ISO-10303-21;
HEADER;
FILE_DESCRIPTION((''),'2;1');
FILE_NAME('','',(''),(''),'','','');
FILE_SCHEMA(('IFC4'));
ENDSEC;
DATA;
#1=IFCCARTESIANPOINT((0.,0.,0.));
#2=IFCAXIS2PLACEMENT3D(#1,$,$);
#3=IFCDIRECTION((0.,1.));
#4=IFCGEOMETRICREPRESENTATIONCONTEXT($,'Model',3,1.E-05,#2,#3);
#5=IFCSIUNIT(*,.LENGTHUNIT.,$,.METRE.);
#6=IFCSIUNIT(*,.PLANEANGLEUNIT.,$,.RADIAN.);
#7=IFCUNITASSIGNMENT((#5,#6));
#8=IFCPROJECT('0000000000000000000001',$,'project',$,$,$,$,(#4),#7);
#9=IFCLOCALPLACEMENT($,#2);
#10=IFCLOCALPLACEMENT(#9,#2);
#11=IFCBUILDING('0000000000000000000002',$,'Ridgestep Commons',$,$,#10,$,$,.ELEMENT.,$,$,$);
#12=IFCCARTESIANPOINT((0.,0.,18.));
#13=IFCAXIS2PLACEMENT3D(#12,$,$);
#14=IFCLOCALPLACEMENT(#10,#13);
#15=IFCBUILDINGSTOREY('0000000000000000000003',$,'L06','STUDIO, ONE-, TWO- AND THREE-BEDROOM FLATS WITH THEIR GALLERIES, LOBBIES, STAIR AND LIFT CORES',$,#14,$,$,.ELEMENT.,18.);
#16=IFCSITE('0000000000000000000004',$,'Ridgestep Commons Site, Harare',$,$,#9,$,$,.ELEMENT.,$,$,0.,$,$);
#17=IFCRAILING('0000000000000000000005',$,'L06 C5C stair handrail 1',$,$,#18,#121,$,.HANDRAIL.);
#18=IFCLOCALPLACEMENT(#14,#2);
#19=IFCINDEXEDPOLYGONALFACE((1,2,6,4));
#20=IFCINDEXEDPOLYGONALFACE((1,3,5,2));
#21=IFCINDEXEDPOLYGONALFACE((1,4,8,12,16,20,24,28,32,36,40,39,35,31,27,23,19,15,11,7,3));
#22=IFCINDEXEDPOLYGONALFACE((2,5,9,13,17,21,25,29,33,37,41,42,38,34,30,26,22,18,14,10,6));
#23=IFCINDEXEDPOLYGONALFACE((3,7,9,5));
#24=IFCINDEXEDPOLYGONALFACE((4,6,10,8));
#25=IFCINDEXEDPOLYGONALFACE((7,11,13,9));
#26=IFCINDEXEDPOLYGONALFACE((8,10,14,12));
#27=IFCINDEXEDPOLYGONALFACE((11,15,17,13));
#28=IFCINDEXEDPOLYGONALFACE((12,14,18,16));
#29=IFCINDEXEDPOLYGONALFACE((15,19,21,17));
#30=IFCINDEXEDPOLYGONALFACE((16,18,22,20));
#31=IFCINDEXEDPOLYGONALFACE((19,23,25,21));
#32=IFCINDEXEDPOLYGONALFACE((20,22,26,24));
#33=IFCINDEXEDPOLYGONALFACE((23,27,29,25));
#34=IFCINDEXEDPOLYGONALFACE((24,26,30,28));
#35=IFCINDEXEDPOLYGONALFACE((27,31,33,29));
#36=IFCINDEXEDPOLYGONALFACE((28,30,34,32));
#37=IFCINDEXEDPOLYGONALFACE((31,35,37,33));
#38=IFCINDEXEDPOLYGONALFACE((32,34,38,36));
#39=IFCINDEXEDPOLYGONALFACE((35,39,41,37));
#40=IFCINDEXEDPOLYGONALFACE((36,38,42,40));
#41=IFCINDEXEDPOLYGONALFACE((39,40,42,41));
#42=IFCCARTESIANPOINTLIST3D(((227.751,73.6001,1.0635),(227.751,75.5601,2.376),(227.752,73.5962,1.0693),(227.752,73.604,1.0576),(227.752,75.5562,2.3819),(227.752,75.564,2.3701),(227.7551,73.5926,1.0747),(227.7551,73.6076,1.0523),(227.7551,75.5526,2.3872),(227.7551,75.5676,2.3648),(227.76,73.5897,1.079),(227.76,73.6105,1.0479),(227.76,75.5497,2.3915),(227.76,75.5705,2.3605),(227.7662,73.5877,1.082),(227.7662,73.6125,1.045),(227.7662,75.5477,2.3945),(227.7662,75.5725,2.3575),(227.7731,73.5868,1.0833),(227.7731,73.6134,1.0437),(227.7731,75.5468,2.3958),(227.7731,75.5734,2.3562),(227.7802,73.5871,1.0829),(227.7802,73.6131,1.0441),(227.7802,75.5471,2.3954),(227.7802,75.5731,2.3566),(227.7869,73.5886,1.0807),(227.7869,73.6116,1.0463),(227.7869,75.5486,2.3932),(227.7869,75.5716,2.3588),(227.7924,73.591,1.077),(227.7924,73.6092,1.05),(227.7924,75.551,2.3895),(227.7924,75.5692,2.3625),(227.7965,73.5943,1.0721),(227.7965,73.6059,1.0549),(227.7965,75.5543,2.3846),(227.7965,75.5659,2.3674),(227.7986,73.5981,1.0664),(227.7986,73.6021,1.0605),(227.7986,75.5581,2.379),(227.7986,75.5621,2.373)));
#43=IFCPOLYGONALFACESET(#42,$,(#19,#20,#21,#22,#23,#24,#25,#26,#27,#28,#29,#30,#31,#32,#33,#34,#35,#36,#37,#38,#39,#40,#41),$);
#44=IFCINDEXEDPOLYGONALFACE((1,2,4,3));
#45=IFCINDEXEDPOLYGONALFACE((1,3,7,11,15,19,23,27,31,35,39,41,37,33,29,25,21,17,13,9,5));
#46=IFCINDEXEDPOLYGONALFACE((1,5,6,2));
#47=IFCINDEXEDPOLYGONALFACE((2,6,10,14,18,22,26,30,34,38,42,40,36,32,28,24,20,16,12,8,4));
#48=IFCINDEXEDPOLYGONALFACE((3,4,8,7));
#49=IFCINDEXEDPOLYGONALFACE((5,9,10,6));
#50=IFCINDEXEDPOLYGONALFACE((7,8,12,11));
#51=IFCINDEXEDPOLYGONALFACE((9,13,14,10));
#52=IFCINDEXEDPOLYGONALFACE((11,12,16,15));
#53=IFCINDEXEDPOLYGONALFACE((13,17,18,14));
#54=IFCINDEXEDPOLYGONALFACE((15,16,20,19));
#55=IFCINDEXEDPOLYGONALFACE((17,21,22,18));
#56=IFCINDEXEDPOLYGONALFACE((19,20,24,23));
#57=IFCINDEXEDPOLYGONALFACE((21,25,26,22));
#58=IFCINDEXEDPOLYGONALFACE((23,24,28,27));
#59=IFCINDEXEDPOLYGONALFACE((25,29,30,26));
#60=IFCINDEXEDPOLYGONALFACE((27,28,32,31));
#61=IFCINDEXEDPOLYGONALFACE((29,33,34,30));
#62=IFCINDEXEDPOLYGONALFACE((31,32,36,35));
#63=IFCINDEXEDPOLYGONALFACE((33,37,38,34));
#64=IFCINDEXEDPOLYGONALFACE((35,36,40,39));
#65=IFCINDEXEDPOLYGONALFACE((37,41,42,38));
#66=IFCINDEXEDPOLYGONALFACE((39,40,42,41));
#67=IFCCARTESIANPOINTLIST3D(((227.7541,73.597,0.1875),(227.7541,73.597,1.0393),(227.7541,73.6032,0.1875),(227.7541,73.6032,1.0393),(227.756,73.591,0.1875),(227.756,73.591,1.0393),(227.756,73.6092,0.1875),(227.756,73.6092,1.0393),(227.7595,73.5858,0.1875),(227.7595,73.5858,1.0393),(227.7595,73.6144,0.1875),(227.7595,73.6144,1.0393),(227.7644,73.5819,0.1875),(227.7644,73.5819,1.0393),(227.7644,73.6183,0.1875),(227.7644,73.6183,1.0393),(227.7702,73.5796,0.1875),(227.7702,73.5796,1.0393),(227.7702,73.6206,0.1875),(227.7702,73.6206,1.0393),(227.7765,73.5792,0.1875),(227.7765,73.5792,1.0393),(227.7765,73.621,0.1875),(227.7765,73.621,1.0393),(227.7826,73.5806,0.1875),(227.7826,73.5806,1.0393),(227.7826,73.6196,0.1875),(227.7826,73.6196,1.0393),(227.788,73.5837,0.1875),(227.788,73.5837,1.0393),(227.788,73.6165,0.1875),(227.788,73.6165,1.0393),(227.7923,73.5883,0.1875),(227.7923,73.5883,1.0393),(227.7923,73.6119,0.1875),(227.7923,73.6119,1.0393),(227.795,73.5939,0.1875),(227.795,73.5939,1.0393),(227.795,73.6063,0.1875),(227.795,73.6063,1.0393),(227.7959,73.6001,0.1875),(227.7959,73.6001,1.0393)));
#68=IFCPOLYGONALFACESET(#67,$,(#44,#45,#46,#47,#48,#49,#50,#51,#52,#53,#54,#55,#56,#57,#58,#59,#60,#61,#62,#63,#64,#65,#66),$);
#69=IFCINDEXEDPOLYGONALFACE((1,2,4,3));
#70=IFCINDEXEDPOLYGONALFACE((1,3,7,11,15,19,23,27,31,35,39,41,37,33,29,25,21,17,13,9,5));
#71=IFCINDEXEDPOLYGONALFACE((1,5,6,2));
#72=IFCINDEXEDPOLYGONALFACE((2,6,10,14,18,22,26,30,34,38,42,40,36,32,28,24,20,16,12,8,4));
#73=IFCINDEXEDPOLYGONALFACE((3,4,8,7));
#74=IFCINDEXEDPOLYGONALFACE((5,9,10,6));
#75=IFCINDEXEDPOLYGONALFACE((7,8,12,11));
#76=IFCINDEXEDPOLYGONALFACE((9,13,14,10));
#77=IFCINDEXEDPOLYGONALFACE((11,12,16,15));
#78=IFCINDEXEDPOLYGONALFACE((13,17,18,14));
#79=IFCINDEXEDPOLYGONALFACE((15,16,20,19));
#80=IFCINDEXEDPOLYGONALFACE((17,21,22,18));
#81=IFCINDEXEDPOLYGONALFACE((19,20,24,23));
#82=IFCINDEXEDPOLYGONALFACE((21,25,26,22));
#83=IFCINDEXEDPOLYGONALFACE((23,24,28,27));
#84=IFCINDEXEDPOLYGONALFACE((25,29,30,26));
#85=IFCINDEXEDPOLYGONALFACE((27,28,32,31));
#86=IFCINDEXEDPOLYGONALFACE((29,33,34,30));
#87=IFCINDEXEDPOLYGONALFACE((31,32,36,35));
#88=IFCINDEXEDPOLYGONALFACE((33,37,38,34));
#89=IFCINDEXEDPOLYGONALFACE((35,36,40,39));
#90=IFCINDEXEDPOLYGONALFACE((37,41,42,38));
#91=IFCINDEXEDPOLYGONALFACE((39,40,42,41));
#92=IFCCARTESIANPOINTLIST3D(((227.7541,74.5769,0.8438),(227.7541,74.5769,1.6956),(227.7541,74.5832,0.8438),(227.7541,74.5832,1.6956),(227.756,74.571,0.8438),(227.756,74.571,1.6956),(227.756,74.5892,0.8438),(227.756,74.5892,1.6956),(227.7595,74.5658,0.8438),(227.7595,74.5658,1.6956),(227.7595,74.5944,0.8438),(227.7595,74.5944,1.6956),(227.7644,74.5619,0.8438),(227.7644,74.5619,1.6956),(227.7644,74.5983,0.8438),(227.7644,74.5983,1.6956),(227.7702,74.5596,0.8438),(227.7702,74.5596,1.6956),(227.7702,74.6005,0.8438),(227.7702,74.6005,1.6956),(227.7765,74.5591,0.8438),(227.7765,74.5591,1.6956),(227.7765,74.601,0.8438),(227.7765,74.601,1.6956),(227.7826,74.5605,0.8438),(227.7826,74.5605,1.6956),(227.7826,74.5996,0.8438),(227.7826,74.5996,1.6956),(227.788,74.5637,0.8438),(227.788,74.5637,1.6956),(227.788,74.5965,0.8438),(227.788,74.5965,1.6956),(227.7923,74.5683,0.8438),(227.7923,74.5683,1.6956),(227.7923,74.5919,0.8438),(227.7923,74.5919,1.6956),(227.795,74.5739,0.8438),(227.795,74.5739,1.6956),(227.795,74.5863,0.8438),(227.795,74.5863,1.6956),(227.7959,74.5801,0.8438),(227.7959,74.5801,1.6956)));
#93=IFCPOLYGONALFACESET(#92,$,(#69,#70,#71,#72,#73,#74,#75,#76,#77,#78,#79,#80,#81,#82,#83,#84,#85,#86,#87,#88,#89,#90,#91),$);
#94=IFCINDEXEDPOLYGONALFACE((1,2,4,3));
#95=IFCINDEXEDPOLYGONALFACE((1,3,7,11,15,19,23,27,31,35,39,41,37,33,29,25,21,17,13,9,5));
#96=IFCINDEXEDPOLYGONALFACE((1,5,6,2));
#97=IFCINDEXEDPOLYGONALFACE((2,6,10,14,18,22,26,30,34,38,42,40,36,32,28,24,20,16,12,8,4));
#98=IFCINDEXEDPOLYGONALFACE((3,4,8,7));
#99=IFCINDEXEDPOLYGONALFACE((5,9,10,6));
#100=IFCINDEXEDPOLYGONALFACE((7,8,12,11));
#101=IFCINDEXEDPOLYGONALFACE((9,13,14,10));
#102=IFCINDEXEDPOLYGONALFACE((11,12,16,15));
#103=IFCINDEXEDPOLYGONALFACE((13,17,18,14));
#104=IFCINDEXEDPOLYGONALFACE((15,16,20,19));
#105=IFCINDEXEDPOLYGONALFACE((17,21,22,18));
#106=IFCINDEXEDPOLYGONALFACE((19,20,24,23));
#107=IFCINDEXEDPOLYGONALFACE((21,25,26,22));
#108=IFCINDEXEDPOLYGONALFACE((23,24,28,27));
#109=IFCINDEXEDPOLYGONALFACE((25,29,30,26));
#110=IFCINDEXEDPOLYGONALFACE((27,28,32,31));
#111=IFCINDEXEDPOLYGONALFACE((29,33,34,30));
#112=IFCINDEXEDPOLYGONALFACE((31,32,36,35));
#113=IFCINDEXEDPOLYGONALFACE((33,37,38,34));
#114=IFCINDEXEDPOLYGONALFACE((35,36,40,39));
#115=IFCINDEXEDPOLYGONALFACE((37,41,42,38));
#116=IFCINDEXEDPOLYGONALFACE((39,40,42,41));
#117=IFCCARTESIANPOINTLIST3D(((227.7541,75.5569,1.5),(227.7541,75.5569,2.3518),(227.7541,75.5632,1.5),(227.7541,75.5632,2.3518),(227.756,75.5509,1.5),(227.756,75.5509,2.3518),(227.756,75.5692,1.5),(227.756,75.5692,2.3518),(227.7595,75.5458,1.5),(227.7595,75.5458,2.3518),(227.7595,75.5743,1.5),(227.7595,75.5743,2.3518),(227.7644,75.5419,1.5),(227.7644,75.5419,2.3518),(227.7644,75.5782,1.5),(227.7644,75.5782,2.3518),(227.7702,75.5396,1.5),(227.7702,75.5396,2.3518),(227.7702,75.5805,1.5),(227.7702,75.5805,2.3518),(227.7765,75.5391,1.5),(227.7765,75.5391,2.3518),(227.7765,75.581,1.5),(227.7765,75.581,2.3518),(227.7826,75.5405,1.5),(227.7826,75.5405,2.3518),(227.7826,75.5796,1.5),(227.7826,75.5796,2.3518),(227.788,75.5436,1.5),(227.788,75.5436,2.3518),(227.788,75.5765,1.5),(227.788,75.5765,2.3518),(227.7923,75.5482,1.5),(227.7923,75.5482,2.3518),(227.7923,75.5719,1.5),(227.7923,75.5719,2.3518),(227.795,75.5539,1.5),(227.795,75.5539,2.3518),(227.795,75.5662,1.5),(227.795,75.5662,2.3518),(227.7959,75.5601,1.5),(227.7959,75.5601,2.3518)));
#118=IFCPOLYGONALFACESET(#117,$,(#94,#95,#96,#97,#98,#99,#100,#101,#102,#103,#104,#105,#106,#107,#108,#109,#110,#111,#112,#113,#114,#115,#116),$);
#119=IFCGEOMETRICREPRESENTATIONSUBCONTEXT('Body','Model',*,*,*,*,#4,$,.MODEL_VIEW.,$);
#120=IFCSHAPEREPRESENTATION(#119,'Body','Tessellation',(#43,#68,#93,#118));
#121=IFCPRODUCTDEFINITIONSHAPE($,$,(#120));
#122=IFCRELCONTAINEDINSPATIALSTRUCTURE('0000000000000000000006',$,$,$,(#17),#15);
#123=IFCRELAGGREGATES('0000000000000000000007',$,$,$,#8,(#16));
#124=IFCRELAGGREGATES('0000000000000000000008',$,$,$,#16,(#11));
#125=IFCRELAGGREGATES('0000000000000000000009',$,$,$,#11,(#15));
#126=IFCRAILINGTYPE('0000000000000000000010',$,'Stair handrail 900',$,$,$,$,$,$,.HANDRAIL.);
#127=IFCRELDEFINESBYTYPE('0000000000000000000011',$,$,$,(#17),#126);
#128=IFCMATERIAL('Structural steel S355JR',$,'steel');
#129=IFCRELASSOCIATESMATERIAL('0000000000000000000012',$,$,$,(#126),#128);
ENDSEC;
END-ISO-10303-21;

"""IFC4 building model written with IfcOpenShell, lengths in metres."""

from ifc_helpers import new_model, si_unit, direction, frame, origin, origin_2d, place, context, subcontext, project, spatial, circle, extrude, material, type_object, element, save


model = new_model("IFC4")

# Units and contexts
model_context = context("Model", 3, precision=1e-05, world=origin(), true_north=direction((0.0, 1.0)))
body_context = subcontext(model_context, "Body", "Model", "MODEL_VIEW")
ifc_project = project(units=[si_unit("LENGTHUNIT", "METRE"), si_unit("PLANEANGLEUNIT", "RADIAN")], contexts=[model_context])

# Site, building, storey
site_placement = place(None, origin())
site = spatial("IfcSite", under=ifc_project, at=site_placement, Name="Ridgestep Commons Site, Harare", CompositionType="ELEMENT", RefElevation=0.0)
building_placement = place(site_placement, origin())
building = spatial("IfcBuilding", under=site, at=building_placement, Name="Ridgestep Commons", CompositionType="ELEMENT")
storey_placement = place(building_placement, frame((0.0, 0.0, 18.0)))
storey = spatial("IfcBuildingStorey", under=building, at=storey_placement, Name="L06", Description="STUDIO, ONE-, TWO- AND THREE-BEDROOM FLATS WITH THEIR GALLERIES, LOBBIES, STAIR AND LIFT CORES", CompositionType="ELEMENT", Elevation=18.0)

# Railing
ifc_material_1 = material(Name="Structural steel S355JR", Category="steel")
railing_type_1 = type_object("IfcRailingType", Name="Stair handrail 900", PredefinedType="HANDRAIL", material=ifc_material_1)
railing_1_placement = place(storey_placement, frame((227.7749, 73.6001, 0.1875)))
element("IfcRailing", 1, at=railing_1_placement, inside=storey, type_object=railing_type_1, Name="L06 C5C stair handrail 1", PredefinedType="HANDRAIL", context=body_context, shape_type="SweptSolid", body=[
    extrude(circle(Radius=0.0239, at=origin_2d()), frame((0.0, 0.0, 0.876), z_axis=(0.0, 0.830902, 0.556419), x_axis=(-1.0, 0.0, 0.0)), (0.0, 0.0, 1.0), 2.3589),
    extrude(circle(Radius=0.021, at=origin_2d()), origin(), (0.0, 0.0, 1.0), 0.8518),
    extrude(circle(Radius=0.021, at=origin_2d()), frame((0.0, 0.98, 0.6562)), (0.0, 0.0, 1.0), 0.8518),
    extrude(circle(Radius=0.021, at=origin_2d()), frame((0.0, 1.96, 1.3125)), (0.0, 0.0, 1.0), 0.8518),
])

save(model, "model.ifc")
